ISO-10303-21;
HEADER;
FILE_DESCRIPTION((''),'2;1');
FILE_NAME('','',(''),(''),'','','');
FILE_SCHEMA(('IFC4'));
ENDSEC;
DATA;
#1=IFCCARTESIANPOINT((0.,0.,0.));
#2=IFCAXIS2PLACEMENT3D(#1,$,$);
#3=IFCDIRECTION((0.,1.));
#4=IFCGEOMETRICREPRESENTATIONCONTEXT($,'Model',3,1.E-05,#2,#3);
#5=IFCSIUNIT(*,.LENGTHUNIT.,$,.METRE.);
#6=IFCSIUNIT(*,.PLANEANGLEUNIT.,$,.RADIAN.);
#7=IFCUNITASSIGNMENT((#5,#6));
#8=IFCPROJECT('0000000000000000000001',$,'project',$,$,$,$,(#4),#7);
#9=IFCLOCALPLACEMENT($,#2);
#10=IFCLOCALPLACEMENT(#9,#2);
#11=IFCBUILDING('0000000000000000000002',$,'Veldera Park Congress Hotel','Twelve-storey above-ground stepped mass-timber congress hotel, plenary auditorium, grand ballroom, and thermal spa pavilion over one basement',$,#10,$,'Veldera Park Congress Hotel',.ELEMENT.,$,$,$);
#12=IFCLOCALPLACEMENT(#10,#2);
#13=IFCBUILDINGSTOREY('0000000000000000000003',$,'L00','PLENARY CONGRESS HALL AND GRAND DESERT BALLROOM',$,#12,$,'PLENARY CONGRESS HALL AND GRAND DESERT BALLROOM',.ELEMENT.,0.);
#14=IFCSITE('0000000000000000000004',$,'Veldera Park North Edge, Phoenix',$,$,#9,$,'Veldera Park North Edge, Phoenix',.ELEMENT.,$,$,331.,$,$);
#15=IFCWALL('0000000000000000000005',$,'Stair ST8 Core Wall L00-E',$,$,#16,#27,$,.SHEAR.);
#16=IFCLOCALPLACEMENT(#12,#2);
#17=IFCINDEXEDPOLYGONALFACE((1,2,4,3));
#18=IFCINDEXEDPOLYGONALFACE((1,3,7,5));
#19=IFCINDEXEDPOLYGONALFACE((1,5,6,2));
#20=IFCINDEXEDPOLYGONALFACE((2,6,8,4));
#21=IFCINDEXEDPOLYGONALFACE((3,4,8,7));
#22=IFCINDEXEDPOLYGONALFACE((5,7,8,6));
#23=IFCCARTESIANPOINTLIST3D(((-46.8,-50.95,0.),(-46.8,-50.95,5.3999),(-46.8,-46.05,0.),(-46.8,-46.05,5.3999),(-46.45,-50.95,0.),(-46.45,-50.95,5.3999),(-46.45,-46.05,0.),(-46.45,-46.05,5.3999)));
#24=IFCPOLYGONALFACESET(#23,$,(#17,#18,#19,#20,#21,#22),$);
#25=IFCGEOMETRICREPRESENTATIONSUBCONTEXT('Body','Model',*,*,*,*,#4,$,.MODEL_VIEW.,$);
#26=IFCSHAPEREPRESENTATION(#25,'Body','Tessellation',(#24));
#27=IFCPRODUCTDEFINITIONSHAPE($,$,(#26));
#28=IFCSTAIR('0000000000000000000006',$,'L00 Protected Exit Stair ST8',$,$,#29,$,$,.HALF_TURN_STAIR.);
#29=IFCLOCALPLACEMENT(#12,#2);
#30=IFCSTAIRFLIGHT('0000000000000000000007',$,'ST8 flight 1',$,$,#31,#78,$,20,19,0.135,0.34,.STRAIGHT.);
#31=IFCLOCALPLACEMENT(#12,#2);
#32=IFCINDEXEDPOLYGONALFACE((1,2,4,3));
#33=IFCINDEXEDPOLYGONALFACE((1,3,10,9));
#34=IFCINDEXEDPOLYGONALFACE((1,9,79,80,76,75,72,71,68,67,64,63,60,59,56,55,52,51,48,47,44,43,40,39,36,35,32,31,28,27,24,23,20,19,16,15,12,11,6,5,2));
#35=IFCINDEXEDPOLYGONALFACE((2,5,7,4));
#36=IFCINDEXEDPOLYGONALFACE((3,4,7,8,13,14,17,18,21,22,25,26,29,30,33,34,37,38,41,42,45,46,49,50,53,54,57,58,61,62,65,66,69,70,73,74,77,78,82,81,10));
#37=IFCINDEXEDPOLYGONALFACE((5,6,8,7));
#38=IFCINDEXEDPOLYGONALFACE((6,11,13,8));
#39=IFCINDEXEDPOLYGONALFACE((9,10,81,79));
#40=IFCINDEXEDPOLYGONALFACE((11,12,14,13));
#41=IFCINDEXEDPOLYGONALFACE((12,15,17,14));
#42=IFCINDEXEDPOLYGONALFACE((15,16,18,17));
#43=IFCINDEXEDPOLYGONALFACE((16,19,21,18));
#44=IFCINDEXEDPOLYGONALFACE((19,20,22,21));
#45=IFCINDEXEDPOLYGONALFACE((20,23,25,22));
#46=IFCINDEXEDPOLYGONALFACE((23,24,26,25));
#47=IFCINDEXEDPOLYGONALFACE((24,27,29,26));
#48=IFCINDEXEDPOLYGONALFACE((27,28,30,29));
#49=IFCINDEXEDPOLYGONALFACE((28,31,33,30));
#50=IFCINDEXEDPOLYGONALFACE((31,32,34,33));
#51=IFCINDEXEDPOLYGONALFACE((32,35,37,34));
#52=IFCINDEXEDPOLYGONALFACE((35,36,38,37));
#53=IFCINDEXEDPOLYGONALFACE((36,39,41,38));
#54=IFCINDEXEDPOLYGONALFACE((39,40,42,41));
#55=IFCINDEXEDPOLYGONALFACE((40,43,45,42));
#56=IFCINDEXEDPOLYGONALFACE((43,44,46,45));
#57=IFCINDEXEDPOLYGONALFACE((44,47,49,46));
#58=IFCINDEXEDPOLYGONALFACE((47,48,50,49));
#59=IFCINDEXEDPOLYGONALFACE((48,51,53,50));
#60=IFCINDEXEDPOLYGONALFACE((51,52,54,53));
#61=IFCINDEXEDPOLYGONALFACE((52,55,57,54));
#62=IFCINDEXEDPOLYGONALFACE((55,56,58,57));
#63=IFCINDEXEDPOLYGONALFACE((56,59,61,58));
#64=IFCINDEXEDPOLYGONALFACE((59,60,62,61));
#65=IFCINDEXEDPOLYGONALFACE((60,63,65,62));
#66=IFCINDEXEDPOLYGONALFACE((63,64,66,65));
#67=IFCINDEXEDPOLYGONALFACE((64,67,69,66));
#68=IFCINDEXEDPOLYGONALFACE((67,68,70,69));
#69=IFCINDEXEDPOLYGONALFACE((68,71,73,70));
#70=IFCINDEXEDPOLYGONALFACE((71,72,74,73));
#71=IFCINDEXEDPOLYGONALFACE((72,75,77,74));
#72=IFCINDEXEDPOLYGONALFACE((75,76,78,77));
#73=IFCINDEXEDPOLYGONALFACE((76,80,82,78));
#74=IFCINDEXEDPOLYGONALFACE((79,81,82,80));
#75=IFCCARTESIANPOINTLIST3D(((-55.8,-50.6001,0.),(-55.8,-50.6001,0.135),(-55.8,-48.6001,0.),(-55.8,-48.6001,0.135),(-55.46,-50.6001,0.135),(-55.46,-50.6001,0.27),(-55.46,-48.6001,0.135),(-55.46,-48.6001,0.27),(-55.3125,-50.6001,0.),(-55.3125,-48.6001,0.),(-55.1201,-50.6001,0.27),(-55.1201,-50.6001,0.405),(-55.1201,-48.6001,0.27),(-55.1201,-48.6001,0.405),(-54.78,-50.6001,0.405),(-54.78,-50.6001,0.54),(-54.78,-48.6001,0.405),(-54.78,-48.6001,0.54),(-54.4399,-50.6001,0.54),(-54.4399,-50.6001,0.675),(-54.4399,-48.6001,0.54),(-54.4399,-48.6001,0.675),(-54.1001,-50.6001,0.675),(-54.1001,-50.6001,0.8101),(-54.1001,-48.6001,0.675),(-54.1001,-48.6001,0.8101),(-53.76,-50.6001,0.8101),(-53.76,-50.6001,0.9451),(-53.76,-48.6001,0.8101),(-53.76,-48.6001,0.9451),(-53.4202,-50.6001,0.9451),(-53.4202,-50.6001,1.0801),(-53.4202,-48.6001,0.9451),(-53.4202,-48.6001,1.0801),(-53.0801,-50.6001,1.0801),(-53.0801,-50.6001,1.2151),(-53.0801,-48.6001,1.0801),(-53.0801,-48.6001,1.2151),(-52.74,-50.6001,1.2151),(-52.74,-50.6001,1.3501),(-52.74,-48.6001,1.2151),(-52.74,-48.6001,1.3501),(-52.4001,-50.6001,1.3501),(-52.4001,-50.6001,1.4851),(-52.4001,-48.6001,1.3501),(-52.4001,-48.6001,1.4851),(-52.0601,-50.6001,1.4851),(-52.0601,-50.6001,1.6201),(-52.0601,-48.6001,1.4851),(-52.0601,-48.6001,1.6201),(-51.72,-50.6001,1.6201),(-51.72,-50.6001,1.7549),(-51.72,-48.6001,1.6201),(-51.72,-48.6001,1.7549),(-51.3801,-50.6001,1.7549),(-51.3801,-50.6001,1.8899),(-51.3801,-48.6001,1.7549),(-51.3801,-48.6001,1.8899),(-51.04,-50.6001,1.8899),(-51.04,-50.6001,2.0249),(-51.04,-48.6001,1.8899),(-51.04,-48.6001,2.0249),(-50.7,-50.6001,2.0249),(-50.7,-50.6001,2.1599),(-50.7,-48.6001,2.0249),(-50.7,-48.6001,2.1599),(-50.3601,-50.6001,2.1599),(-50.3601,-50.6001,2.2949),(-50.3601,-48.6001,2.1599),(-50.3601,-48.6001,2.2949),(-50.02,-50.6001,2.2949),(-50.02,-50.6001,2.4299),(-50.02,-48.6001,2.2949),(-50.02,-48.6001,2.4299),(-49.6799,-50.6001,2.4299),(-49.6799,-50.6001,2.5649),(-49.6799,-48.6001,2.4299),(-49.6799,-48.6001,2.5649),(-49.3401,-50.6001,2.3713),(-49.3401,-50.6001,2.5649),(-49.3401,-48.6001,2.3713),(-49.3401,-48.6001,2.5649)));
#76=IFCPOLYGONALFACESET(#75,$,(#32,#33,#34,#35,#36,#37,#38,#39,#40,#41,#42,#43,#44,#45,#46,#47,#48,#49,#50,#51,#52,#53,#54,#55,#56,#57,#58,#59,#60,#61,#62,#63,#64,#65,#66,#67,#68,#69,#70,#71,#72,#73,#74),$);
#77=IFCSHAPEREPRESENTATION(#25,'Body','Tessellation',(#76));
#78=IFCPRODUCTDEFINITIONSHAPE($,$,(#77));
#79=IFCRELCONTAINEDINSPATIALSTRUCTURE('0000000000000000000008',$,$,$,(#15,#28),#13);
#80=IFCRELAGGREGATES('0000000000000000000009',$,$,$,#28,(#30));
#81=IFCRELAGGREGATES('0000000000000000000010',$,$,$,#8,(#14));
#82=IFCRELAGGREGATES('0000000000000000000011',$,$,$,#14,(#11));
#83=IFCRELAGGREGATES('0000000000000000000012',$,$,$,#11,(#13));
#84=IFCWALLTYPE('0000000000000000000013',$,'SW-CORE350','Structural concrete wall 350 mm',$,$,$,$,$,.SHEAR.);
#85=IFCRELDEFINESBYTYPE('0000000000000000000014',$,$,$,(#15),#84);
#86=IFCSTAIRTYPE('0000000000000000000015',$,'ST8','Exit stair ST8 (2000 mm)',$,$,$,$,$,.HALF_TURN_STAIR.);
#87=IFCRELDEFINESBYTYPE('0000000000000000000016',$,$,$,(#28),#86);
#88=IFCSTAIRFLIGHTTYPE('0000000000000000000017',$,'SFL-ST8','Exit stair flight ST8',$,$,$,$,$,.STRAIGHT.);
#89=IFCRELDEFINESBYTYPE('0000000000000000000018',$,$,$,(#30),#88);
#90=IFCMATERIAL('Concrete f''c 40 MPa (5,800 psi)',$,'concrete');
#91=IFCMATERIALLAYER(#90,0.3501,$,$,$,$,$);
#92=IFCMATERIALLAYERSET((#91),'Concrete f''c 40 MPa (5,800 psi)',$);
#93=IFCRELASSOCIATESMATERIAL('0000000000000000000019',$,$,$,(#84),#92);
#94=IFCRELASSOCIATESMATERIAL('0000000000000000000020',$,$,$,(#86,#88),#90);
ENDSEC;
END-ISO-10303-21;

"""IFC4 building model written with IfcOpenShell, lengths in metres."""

from ifc_helpers import new_model, si_unit, direction, frame, frame_2d, origin, place, context, subcontext, project, spatial, polyline, rectangle, outline, extrude, material, layer, layer_set, type_object, element, aggregate, save


model = new_model("IFC4")

# Units and contexts
model_context = context("Model", 3, precision=1e-05, world=origin(), true_north=direction((0.0, 1.0)))
body_context = subcontext(model_context, "Body", "Model", "MODEL_VIEW")
ifc_project = project(units=[si_unit("LENGTHUNIT", "METRE"), si_unit("PLANEANGLEUNIT", "RADIAN")], contexts=[model_context])

# Site, building, storey
site_placement = place(None, origin())
site = spatial("IfcSite", under=ifc_project, at=site_placement, Name="Veldera Park North Edge, Phoenix", LongName="Veldera Park North Edge, Phoenix", CompositionType="ELEMENT", RefElevation=331.0)
building_placement = place(site_placement, origin())
building = spatial("IfcBuilding", under=site, at=building_placement, Name="Veldera Park Congress Hotel", Description="Twelve-storey above-ground stepped mass-timber congress hotel, plenary auditorium, grand ballroom, and thermal spa pavilion over one basement", LongName="Veldera Park Congress Hotel", CompositionType="ELEMENT")
storey_placement = place(building_placement, origin())
storey = spatial("IfcBuildingStorey", under=building, at=storey_placement, Name="L00", Description="PLENARY CONGRESS HALL AND GRAND DESERT BALLROOM", LongName="PLENARY CONGRESS HALL AND GRAND DESERT BALLROOM", CompositionType="ELEMENT", Elevation=0.0)

# Wall
ifc_material_1 = material(Name="Concrete f'c 40 MPa (5,800 psi)", Category="concrete")
ifc_layer_1 = layer(ifc_material_1, 0.3501)
ifc_layer_set_1 = layer_set([ifc_layer_1], Name="Concrete f'c 40 MPa (5,800 psi)")
wall_type = type_object("IfcWallType", Name="SW-CORE350", Description="Structural concrete wall 350 mm", PredefinedType="SHEAR", material=ifc_layer_set_1)
wall_placement = place(storey_placement, frame((-46.625, -50.95, 0.0), z_axis=(0.0, 0.0, 1.0), x_axis=(0.0, 1.0, 0.0)))
element("IfcWall", 1, at=wall_placement, inside=storey, type_object=wall_type, Name="Stair ST8 Core Wall L00-E", PredefinedType="SHEAR", context=body_context, shape_type="SweptSolid", body=[
    extrude(rectangle(XDim=4.8999, YDim=0.3501, at=frame_2d((2.45, 0.0))), origin(), (0.0, 0.0, 1.0), 5.3999),
])

# Stair, stair flight
stair_type = type_object("IfcStairType", Name="ST8", Description="Exit stair ST8 (2000 mm)", PredefinedType="HALF_TURN_STAIR", material=ifc_material_1)
stair_placement = place(storey_placement, origin())
stair = element("IfcStair", 2, at=stair_placement, inside=storey, type_object=stair_type, Name="L00 Protected Exit Stair ST8", PredefinedType="HALF_TURN_STAIR")
stair_flight_type = type_object("IfcStairFlightType", Name="SFL-ST8", Description="Exit stair flight ST8", PredefinedType="STRAIGHT", material=ifc_material_1)
stair_flight_placement = place(storey_placement, frame((-55.8, -49.6001, 0.0), z_axis=(0.0, 0.0, 1.0), x_axis=(1.0, 0.0, 0.0)))
stair_flight = element("IfcStairFlight", 3, at=stair_flight_placement, type_object=stair_flight_type, Name="ST8 flight 1", NumberOfRisers=20, NumberOfTreads=19, PredefinedType="STRAIGHT", RiserHeight=0.135, TreadLength=0.34, context=body_context, shape_type="SweptSolid", body=[
    extrude(outline(polyline([(0.0, 0.0), (0.0, 0.135), (0.3401, 0.135), (0.3401, 0.27), (0.6799, 0.27), (0.6799, 0.405), (1.02, 0.405), (1.02, 0.54), (1.3601, 0.54), (1.3601, 0.675), (1.7, 0.675), (1.7, 0.8101), (2.04, 0.8101), (2.04, 0.9451), (2.3799, 0.9451), (2.3799, 1.0801), (2.72, 1.0801), (2.72, 1.2151), (3.0601, 1.2151), (3.0601, 1.3501), (3.3999, 1.3501), (3.3999, 1.4851), (3.74, 1.4851), (3.74, 1.6201), (4.0801, 1.6201), (4.0801, 1.7549), (4.4199, 1.7549), (4.4199, 1.8899), (4.76, 1.8899), (4.76, 2.0249), (5.1001, 2.0249), (5.1001, 2.1599), (5.4399, 2.1599), (5.4399, 2.2949), (5.78, 2.2949), (5.78, 2.4299), (6.1201, 2.4299), (6.1201, 2.5649), (6.46, 2.5649), (6.46, 2.7), (6.46, 2.7), (6.46, 2.3713), (0.4875, 0.0), (0.0, 0.0)])), frame((0.0, 1.0, 0.0), z_axis=(0.0, -1.0, 0.0), x_axis=(1.0, 0.0, 0.0)), (0.0, 0.0, 1.0), 2.0),
])
aggregate(stair, [stair_flight])

save(model, "model.ifc")
